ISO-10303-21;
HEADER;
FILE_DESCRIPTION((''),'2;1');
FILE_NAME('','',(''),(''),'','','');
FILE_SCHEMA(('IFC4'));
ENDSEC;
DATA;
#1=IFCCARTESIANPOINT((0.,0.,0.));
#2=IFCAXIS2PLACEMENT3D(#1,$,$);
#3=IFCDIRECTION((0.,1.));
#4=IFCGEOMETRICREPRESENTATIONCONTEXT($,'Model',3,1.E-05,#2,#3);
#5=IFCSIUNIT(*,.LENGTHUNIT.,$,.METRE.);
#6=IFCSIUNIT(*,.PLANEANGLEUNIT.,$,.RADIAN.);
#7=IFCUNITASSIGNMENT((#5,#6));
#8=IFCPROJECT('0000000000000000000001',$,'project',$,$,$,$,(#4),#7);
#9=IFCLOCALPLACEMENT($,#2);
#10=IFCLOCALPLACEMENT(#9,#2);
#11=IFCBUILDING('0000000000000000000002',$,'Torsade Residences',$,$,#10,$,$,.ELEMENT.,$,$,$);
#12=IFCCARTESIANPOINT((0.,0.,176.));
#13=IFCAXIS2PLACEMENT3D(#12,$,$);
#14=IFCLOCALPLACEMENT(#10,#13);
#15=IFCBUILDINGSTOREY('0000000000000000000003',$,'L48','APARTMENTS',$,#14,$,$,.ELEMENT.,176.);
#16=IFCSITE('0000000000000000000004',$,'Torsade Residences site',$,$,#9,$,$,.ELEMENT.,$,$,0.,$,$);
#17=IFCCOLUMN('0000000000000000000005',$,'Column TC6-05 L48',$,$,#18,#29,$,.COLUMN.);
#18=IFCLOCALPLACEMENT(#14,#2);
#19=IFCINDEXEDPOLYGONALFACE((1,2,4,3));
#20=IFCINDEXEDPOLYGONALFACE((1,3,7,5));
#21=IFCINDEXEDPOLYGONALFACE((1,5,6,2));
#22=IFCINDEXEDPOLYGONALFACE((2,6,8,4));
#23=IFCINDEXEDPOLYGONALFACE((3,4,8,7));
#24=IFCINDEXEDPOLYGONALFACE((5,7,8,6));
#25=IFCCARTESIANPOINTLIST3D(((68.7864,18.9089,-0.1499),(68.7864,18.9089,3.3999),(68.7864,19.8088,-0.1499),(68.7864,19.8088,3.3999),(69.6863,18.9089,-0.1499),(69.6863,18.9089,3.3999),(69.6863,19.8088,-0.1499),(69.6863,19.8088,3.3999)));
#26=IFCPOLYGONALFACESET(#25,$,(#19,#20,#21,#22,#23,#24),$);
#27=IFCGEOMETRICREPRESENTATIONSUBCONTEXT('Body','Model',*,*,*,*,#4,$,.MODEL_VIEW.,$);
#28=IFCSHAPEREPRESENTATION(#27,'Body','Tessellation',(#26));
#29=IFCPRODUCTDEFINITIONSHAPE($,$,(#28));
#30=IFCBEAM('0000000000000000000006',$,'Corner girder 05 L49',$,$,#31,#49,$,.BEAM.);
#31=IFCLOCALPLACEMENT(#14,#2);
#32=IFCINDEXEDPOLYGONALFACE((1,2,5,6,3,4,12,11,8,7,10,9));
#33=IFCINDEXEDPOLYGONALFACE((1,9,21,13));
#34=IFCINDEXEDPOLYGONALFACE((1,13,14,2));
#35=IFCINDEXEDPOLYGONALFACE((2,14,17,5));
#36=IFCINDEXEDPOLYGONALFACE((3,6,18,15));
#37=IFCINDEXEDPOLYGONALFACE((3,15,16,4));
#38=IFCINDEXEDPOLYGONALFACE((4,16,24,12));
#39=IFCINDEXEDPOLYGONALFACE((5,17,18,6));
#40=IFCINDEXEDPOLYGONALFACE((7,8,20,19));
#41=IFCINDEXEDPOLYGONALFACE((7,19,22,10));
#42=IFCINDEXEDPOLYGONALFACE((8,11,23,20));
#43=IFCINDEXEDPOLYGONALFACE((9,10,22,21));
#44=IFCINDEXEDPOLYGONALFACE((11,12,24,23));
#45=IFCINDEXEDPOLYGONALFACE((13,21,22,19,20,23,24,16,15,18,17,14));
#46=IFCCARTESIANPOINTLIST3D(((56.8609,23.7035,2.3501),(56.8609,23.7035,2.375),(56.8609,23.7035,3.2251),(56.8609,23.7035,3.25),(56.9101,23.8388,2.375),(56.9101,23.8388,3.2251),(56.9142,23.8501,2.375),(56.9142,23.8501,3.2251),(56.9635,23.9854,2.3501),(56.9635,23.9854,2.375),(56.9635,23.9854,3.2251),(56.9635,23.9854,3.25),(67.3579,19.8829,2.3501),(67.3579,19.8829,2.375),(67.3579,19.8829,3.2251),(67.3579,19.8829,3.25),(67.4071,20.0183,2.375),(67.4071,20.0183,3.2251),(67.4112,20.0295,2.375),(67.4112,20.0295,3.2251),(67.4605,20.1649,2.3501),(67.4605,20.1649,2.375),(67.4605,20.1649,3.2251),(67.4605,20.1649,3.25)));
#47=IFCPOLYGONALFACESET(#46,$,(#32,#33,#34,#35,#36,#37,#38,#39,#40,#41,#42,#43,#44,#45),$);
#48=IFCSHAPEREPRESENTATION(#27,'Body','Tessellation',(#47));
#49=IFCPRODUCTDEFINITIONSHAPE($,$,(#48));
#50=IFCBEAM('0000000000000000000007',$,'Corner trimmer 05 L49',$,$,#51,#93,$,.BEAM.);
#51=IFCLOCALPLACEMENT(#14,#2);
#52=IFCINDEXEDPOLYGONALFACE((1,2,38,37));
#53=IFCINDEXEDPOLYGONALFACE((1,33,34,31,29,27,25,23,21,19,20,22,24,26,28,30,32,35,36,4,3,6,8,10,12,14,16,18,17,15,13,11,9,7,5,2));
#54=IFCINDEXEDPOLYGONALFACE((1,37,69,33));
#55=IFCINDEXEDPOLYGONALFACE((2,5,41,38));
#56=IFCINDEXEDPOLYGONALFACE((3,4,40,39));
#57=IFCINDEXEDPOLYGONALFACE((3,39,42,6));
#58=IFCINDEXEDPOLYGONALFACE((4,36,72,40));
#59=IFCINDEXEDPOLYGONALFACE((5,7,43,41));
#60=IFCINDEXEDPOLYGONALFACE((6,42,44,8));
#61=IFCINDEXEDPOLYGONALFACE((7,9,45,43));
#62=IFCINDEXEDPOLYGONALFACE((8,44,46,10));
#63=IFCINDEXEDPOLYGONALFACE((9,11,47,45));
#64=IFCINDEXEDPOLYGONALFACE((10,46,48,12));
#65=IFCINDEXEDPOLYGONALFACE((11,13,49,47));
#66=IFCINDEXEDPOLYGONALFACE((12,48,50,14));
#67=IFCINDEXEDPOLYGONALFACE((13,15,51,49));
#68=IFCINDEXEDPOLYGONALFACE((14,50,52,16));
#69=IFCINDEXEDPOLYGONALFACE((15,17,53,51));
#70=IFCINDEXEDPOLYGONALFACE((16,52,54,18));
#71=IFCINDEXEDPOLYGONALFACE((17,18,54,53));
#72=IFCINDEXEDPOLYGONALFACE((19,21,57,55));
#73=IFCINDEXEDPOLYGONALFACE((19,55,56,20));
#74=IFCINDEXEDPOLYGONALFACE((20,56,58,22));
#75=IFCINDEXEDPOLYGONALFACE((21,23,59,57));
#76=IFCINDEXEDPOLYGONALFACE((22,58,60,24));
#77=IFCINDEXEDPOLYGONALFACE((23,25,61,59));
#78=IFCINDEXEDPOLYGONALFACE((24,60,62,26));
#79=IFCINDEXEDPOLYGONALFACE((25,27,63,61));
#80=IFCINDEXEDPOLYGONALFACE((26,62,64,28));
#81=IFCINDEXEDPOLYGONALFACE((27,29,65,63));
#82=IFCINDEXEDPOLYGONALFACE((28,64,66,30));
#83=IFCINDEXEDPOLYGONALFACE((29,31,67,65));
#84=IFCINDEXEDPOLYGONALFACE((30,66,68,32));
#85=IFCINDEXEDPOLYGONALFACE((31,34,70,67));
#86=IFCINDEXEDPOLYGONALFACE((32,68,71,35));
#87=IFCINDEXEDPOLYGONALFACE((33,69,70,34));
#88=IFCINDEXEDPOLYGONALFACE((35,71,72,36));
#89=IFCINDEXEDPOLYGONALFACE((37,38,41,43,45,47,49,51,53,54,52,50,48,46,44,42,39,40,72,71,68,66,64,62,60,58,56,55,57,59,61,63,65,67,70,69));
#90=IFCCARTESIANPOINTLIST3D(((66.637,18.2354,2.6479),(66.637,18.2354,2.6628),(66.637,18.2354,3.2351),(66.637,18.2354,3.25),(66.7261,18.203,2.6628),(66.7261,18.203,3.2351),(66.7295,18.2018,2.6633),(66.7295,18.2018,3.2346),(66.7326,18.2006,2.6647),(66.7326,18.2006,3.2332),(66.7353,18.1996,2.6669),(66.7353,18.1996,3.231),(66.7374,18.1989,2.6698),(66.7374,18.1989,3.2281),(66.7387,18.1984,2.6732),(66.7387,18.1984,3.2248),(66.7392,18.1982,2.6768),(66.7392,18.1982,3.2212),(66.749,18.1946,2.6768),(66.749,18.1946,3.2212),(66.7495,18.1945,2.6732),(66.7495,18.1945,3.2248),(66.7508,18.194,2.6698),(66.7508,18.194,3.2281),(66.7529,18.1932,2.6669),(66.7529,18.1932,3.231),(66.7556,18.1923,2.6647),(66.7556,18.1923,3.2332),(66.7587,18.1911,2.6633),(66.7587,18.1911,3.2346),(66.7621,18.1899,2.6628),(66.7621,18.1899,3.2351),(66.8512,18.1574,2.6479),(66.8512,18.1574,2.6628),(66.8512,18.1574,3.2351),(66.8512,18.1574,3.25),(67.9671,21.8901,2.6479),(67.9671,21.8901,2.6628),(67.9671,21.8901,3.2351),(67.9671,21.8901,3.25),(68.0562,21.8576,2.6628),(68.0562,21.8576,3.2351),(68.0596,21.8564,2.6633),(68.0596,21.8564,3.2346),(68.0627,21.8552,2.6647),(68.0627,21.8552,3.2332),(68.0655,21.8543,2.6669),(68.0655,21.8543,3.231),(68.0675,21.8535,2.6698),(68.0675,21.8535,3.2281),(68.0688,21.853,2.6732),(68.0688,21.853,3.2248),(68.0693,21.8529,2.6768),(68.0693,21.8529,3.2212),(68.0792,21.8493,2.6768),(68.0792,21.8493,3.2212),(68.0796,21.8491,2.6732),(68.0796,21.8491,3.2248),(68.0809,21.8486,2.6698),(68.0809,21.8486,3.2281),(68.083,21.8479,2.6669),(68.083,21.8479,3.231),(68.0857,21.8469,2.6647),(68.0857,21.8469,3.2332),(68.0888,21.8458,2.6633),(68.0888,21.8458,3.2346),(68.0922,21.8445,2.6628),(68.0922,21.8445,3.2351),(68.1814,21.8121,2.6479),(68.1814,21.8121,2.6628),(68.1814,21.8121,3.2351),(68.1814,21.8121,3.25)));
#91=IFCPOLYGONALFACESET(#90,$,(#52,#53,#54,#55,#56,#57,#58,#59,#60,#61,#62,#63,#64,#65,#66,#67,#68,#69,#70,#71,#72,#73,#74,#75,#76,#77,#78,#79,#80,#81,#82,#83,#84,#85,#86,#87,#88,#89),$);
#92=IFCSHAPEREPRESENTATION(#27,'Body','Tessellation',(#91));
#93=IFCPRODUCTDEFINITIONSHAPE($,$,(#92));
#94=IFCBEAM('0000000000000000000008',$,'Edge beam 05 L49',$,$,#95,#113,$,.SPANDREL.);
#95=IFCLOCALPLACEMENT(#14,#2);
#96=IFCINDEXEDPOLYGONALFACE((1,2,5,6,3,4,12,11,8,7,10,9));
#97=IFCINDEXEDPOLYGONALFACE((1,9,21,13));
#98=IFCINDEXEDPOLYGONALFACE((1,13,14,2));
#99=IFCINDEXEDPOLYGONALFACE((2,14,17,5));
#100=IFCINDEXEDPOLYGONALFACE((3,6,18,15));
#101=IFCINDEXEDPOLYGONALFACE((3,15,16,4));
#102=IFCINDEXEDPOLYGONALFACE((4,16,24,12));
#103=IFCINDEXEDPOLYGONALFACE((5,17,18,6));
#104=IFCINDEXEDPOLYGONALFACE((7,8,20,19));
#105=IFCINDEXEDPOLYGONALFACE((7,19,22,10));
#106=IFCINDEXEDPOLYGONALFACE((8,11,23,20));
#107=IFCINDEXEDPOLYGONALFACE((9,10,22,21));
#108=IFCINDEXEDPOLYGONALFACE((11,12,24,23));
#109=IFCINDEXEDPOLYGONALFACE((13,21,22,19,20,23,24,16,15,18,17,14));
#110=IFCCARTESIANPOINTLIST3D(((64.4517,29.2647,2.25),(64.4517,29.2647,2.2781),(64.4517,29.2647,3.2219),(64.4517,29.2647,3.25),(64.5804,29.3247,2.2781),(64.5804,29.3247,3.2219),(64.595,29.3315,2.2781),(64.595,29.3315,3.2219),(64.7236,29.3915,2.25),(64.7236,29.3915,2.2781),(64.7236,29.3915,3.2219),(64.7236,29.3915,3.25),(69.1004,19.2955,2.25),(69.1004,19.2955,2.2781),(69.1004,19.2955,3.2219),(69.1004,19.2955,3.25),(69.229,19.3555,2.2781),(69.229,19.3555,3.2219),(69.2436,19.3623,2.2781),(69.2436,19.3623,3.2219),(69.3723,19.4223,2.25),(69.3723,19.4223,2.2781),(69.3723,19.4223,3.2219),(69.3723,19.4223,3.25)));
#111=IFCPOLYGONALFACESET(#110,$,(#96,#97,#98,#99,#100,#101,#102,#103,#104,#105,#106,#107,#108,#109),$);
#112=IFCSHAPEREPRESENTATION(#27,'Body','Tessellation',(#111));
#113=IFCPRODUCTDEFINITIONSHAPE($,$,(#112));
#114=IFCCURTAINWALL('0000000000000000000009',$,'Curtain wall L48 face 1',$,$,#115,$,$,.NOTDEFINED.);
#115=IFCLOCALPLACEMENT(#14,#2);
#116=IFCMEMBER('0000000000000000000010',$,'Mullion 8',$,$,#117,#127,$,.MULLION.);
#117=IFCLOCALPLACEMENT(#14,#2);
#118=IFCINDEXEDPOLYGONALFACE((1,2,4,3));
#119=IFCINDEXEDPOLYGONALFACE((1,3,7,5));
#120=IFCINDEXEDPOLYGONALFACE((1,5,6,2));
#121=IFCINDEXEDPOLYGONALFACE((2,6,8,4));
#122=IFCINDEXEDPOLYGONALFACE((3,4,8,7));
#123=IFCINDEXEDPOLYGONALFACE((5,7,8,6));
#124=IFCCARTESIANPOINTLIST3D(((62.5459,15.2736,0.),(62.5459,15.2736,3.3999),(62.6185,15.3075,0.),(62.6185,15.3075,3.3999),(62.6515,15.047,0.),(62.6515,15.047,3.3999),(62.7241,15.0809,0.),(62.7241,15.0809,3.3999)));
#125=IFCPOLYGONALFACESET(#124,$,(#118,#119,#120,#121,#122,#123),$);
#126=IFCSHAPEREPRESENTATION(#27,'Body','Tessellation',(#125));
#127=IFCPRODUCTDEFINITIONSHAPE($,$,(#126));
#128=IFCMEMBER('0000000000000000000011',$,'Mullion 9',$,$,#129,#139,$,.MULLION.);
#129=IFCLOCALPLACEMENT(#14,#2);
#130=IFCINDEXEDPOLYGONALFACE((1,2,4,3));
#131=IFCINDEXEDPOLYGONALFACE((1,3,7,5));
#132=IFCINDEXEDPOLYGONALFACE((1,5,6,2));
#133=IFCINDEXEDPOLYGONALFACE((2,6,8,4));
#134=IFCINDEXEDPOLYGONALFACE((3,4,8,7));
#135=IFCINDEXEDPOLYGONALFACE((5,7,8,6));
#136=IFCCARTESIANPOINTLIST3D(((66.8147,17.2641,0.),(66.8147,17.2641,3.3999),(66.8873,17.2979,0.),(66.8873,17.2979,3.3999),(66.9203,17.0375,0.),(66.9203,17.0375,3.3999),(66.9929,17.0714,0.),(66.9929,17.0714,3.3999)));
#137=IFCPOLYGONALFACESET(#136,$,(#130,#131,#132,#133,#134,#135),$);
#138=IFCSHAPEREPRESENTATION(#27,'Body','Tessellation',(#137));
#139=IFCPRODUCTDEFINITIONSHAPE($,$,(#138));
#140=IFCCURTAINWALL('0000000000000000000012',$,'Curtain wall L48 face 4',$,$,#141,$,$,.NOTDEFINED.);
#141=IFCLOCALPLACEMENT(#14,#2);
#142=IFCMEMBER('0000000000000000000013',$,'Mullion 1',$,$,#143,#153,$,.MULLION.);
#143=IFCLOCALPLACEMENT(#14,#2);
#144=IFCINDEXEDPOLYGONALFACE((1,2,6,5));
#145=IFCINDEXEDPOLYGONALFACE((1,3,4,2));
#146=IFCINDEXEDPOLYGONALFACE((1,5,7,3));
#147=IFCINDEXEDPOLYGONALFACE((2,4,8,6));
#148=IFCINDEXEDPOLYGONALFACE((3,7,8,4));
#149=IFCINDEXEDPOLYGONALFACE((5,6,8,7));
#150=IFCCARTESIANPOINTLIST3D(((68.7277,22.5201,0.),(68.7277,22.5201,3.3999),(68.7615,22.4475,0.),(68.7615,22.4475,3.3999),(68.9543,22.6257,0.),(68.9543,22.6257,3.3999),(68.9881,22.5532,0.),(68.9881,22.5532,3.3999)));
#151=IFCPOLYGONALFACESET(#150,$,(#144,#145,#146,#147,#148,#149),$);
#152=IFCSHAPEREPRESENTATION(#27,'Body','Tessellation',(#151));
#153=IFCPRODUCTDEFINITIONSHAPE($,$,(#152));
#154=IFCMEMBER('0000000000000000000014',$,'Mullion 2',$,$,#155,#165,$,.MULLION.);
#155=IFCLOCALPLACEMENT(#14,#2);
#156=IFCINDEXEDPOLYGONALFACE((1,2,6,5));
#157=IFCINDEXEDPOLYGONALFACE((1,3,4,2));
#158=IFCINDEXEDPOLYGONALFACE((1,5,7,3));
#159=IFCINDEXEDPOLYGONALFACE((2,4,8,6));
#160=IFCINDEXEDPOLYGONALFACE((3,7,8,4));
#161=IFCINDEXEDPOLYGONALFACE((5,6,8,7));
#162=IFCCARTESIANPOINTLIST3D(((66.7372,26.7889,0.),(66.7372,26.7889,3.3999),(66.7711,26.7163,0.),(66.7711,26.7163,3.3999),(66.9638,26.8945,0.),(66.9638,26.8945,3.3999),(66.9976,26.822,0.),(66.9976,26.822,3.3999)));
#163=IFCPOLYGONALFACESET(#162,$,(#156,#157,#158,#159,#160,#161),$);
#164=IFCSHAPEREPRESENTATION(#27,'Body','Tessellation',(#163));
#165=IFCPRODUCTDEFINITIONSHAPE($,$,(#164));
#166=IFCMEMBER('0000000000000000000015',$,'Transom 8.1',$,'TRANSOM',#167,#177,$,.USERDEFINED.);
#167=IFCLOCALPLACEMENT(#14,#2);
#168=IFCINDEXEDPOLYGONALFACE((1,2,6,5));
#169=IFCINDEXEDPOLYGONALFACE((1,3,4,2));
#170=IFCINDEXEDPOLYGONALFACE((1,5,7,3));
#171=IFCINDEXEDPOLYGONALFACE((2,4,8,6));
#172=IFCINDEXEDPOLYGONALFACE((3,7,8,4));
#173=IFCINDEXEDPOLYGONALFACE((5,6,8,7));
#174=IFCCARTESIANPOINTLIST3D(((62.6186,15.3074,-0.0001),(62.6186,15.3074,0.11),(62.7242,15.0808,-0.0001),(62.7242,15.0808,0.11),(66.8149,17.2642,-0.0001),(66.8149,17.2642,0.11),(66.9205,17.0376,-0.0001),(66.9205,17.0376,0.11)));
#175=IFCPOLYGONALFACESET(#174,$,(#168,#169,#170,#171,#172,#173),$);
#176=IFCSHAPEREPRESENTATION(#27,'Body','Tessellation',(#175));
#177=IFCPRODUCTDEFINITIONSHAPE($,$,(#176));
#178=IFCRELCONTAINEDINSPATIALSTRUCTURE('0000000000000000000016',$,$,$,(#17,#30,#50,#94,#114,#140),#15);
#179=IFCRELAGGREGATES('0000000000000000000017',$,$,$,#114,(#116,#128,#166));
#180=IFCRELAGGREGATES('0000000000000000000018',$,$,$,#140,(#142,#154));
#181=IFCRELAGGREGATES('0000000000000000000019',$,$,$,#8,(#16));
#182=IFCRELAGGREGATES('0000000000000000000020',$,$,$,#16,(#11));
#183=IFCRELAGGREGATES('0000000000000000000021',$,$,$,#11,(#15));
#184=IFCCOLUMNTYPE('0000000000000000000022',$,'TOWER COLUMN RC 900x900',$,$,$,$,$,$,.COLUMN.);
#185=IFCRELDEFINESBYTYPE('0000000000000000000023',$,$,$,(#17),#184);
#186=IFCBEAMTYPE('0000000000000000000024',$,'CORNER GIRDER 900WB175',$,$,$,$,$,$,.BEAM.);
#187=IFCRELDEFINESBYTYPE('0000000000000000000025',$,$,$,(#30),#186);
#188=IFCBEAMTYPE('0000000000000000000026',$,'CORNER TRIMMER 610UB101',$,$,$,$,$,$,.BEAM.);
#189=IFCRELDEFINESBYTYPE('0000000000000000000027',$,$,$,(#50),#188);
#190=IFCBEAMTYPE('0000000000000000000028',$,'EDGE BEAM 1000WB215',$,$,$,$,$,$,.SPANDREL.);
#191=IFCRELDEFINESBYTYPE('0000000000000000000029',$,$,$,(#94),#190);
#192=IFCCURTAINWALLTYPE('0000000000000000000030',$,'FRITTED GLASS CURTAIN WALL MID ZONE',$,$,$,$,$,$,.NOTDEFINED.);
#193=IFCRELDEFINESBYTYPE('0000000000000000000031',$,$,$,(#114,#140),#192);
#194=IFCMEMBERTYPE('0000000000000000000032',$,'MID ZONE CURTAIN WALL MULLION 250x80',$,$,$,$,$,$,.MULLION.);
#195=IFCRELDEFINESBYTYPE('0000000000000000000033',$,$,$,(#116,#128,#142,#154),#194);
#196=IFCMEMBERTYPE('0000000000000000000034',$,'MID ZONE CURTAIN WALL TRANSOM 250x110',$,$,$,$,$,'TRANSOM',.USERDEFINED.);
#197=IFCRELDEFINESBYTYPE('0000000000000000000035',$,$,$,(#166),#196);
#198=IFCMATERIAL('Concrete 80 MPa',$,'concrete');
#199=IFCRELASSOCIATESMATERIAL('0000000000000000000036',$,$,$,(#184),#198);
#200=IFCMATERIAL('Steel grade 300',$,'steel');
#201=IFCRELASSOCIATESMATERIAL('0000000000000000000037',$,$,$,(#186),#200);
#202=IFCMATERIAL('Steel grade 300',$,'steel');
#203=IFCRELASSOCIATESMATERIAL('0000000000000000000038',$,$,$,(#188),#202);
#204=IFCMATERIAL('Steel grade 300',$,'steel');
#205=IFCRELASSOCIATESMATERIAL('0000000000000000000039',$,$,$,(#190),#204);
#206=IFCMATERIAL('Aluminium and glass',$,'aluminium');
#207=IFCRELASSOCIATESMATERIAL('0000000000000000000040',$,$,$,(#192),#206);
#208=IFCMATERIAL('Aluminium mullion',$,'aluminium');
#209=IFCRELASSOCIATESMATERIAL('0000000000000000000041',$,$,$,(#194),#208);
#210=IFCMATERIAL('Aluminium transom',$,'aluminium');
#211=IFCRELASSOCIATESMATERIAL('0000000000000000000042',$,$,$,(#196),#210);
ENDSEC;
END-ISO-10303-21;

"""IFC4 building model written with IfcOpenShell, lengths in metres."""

from ifc_helpers import new_model, si_unit, direction, frame, origin, origin_2d, place, context, subcontext, project, spatial, rectangle, i_section, extrude, material, material_profile, profile_set, type_object, element, aggregate, save


model = new_model("IFC4")

# Units and contexts
model_context = context("Model", 3, precision=1e-05, world=origin(), true_north=direction((0.0, 1.0)))
body_context = subcontext(model_context, "Body", "Model", "MODEL_VIEW")
ifc_project = project(units=[si_unit("LENGTHUNIT", "METRE"), si_unit("PLANEANGLEUNIT", "RADIAN")], contexts=[model_context])

# Site, building, storey
site_placement = place(None, origin())
site = spatial("IfcSite", under=ifc_project, at=site_placement, Name="Torsade Residences site", CompositionType="ELEMENT", RefElevation=0.0)
building_placement = place(site_placement, origin())
building = spatial("IfcBuilding", under=site, at=building_placement, Name="Torsade Residences", CompositionType="ELEMENT")
storey_placement = place(building_placement, frame((0.0, 0.0, 176.0)))
storey = spatial("IfcBuildingStorey", under=building, at=storey_placement, Name="L48", Description="APARTMENTS", CompositionType="ELEMENT", Elevation=176.0)

# Column
ifc_material_1 = material(Name="Concrete 80 MPa", Category="concrete")
ifc_material_profile_1 = material_profile(ifc_material_1, rectangle(XDim=0.8999, YDim=0.8999, at=origin_2d()), Name="RC 900x900")
ifc_profile_set_1 = profile_set([ifc_material_profile_1], Name="Concrete 80 MPa")
column_type = type_object("IfcColumnType", Name="TOWER COLUMN RC 900x900", PredefinedType="COLUMN", material=ifc_profile_set_1)
column_placement = place(storey_placement, frame((69.2363, 19.3589, -0.1499), z_axis=(0.0, 0.0, 1.0), x_axis=(1.0, 0.0, 0.0)))
element("IfcColumn", 1, at=column_placement, inside=storey, type_object=column_type, Name="Column TC6-05 L48", PredefinedType="COLUMN", context=body_context, shape_type="SweptSolid", body=[
    extrude(rectangle(XDim=0.8999, YDim=0.8999, at=origin_2d()), origin(), (0.0, 0.0, 1.0), 3.5498),
])

# Beams
ifc_material_2 = material(Name="Steel grade 300", Category="steel")
ifc_material_profile_2 = material_profile(ifc_material_2, i_section(OverallWidth=0.3, OverallDepth=0.8999, WebThickness=0.012, FlangeThickness=0.0249, at=origin_2d()), Name="900WB175")
ifc_profile_set_2 = profile_set([ifc_material_profile_2], Name="Steel grade 300")
beam_type_1 = type_object("IfcBeamType", Name="CORNER GIRDER 900WB175", PredefinedType="BEAM", material=ifc_profile_set_2)
beam_1_placement = place(storey_placement, frame((67.4092, 20.0239, 2.8), z_axis=(-0.939694, 0.342015, 0.0), x_axis=(-0.342015, -0.939694, 0.0)))
element("IfcBeam", 2, at=beam_1_placement, inside=storey, type_object=beam_type_1, Name="Corner girder 05 L49", PredefinedType="BEAM", context=body_context, shape_type="SweptSolid", body=[
    extrude(i_section(OverallWidth=0.3, OverallDepth=0.8999, WebThickness=0.012, FlangeThickness=0.0249, at=origin_2d()), origin(), (0.0, 0.0, 1.0), 11.1707),
])
ifc_material_3 = material(Name="Steel grade 300", Category="steel")
ifc_material_profile_3 = material_profile(ifc_material_3, i_section(OverallWidth=0.228, OverallDepth=0.6021, WebThickness=0.0105, FlangeThickness=0.0149, FilletRadius=0.0139, at=origin_2d()), Name="610UB101")
ifc_profile_set_3 = profile_set([ifc_material_profile_3], Name="Steel grade 300")
beam_type_2 = type_object("IfcBeamType", Name="CORNER TRIMMER 610UB101", PredefinedType="BEAM", material=ifc_profile_set_3)
beam_2_placement = place(storey_placement, frame((68.0742, 21.8511, 2.949), z_axis=(-0.342005, -0.939698, 0.0), x_axis=(0.939698, -0.342005, 0.0)))
element("IfcBeam", 3, at=beam_2_placement, inside=storey, type_object=beam_type_2, Name="Corner trimmer 05 L49", PredefinedType="BEAM", context=body_context, shape_type="SweptSolid", body=[
    extrude(i_section(OverallWidth=0.228, OverallDepth=0.6021, WebThickness=0.0105, FlangeThickness=0.0149, FilletRadius=0.0139, at=origin_2d()), origin(), (0.0, 0.0, 1.0), 3.8892),
])
ifc_material_4 = material(Name="Steel grade 300", Category="steel")
ifc_material_profile_4 = material_profile(ifc_material_4, i_section(OverallWidth=0.3, OverallDepth=1.0, WebThickness=0.0161, FlangeThickness=0.0281, at=origin_2d()), Name="1000WB215")
ifc_profile_set_4 = profile_set([ifc_material_profile_4], Name="Steel grade 300")
beam_type_3 = type_object("IfcBeamType", Name="EDGE BEAM 1000WB215", PredefinedType="SPANDREL", material=ifc_profile_set_4)
beam_3_placement = place(storey_placement, frame((69.2363, 19.3589, 2.75), z_axis=(-0.422614, 0.90631, 0.0), x_axis=(-0.90631, -0.422614, 0.0)))
element("IfcBeam", 4, at=beam_3_placement, inside=storey, type_object=beam_type_3, Name="Edge beam 05 L49", PredefinedType="SPANDREL", context=body_context, shape_type="SweptSolid", body=[
    extrude(i_section(OverallWidth=0.3, OverallDepth=1.0, WebThickness=0.0161, FlangeThickness=0.0281, at=origin_2d()), origin(), (0.0, 0.0, 1.0), 10.9998),
])

# Curtain walls, members
ifc_material_5 = material(Name="Aluminium and glass", Category="aluminium")
curtain_wall_type = type_object("IfcCurtainWallType", Name="FRITTED GLASS CURTAIN WALL MID ZONE", PredefinedType="NOTDEFINED", material=ifc_material_5)
curtain_wall_1_placement = place(storey_placement, origin())
curtain_wall_1 = element("IfcCurtainWall", 5, at=curtain_wall_1_placement, inside=storey, type_object=curtain_wall_type, Name="Curtain wall L48 face 1", PredefinedType="NOTDEFINED")
ifc_material_6 = material(Name="Aluminium mullion", Category="aluminium")
ifc_material_profile_5 = material_profile(ifc_material_6, rectangle(XDim=0.25, YDim=0.0801, at=origin_2d()), Name="MID ZONE CURTAIN WALL MULLION 250x80")
ifc_profile_set_5 = profile_set([ifc_material_profile_5], Name="Aluminium mullion")
member_type_1 = type_object("IfcMemberType", Name="MID ZONE CURTAIN WALL MULLION 250x80", PredefinedType="MULLION", material=ifc_profile_set_5)
member_1_placement = place(storey_placement, frame((62.635, 15.1772, 0.0), z_axis=(0.0, 0.0, 1.0), x_axis=(-0.422618, 0.906308, 0.0)))
member_1 = element("IfcMember", 6, at=member_1_placement, type_object=member_type_1, Name="Mullion 8", PredefinedType="MULLION", context=body_context, shape_type="SweptSolid", body=[
    extrude(rectangle(XDim=0.25, YDim=0.0801, at=origin_2d()), origin(), (0.0, 0.0, 1.0), 3.3999),
])
member_2_placement = place(storey_placement, frame((66.9038, 17.1677, 0.0), z_axis=(0.0, 0.0, 1.0), x_axis=(-0.422618, 0.906308, 0.0)))
member_2 = element("IfcMember", 7, at=member_2_placement, type_object=member_type_1, Name="Mullion 9", PredefinedType="MULLION", context=body_context, shape_type="SweptSolid", body=[
    extrude(rectangle(XDim=0.25, YDim=0.0801, at=origin_2d()), origin(), (0.0, 0.0, 1.0), 3.3999),
])
curtain_wall_2_placement = place(storey_placement, origin())
curtain_wall_2 = element("IfcCurtainWall", 8, at=curtain_wall_2_placement, inside=storey, type_object=curtain_wall_type, Name="Curtain wall L48 face 4", PredefinedType="NOTDEFINED")
member_3_placement = place(storey_placement, frame((68.8579, 22.5366, 0.0), z_axis=(0.0, 0.0, 1.0), x_axis=(-0.906308, -0.422618, 0.0)))
member_3 = element("IfcMember", 9, at=member_3_placement, type_object=member_type_1, Name="Mullion 1", PredefinedType="MULLION", context=body_context, shape_type="SweptSolid", body=[
    extrude(rectangle(XDim=0.25, YDim=0.0801, at=origin_2d()), origin(), (0.0, 0.0, 1.0), 3.3999),
])
member_4_placement = place(storey_placement, frame((66.8674, 26.8054, 0.0), z_axis=(0.0, 0.0, 1.0), x_axis=(-0.906308, -0.422618, 0.0)))
member_4 = element("IfcMember", 10, at=member_4_placement, type_object=member_type_1, Name="Mullion 2", PredefinedType="MULLION", context=body_context, shape_type="SweptSolid", body=[
    extrude(rectangle(XDim=0.25, YDim=0.0801, at=origin_2d()), origin(), (0.0, 0.0, 1.0), 3.3999),
])

# Member
ifc_material_7 = material(Name="Aluminium transom", Category="aluminium")
ifc_material_profile_6 = material_profile(ifc_material_7, rectangle(XDim=0.25, YDim=0.1101, at=origin_2d()), Name="MID ZONE CURTAIN WALL TRANSOM 250x110")
ifc_profile_set_6 = profile_set([ifc_material_profile_6], Name="Aluminium transom")
member_type_2 = type_object("IfcMemberType", Name="MID ZONE CURTAIN WALL TRANSOM 250x110", ElementType="TRANSOM", PredefinedType="USERDEFINED", material=ifc_profile_set_6)
member_5_placement = place(storey_placement, frame((62.6714, 15.1941, 0.0549), z_axis=(0.906306, 0.422623, 0.0), x_axis=(-0.422623, 0.906306, 0.0)))
member_5 = element("IfcMember", 11, at=member_5_placement, type_object=member_type_2, Name="Transom 8.1", ObjectType="TRANSOM", PredefinedType="USERDEFINED", context=body_context, shape_type="SweptSolid", body=[
    extrude(rectangle(XDim=0.25, YDim=0.1101, at=origin_2d()), origin(), (0.0, 0.0, 1.0), 4.6301),
])

aggregate(curtain_wall_1, [member_1, member_2, member_5])
aggregate(curtain_wall_2, [member_3, member_4])

save(model, "model.ifc")
